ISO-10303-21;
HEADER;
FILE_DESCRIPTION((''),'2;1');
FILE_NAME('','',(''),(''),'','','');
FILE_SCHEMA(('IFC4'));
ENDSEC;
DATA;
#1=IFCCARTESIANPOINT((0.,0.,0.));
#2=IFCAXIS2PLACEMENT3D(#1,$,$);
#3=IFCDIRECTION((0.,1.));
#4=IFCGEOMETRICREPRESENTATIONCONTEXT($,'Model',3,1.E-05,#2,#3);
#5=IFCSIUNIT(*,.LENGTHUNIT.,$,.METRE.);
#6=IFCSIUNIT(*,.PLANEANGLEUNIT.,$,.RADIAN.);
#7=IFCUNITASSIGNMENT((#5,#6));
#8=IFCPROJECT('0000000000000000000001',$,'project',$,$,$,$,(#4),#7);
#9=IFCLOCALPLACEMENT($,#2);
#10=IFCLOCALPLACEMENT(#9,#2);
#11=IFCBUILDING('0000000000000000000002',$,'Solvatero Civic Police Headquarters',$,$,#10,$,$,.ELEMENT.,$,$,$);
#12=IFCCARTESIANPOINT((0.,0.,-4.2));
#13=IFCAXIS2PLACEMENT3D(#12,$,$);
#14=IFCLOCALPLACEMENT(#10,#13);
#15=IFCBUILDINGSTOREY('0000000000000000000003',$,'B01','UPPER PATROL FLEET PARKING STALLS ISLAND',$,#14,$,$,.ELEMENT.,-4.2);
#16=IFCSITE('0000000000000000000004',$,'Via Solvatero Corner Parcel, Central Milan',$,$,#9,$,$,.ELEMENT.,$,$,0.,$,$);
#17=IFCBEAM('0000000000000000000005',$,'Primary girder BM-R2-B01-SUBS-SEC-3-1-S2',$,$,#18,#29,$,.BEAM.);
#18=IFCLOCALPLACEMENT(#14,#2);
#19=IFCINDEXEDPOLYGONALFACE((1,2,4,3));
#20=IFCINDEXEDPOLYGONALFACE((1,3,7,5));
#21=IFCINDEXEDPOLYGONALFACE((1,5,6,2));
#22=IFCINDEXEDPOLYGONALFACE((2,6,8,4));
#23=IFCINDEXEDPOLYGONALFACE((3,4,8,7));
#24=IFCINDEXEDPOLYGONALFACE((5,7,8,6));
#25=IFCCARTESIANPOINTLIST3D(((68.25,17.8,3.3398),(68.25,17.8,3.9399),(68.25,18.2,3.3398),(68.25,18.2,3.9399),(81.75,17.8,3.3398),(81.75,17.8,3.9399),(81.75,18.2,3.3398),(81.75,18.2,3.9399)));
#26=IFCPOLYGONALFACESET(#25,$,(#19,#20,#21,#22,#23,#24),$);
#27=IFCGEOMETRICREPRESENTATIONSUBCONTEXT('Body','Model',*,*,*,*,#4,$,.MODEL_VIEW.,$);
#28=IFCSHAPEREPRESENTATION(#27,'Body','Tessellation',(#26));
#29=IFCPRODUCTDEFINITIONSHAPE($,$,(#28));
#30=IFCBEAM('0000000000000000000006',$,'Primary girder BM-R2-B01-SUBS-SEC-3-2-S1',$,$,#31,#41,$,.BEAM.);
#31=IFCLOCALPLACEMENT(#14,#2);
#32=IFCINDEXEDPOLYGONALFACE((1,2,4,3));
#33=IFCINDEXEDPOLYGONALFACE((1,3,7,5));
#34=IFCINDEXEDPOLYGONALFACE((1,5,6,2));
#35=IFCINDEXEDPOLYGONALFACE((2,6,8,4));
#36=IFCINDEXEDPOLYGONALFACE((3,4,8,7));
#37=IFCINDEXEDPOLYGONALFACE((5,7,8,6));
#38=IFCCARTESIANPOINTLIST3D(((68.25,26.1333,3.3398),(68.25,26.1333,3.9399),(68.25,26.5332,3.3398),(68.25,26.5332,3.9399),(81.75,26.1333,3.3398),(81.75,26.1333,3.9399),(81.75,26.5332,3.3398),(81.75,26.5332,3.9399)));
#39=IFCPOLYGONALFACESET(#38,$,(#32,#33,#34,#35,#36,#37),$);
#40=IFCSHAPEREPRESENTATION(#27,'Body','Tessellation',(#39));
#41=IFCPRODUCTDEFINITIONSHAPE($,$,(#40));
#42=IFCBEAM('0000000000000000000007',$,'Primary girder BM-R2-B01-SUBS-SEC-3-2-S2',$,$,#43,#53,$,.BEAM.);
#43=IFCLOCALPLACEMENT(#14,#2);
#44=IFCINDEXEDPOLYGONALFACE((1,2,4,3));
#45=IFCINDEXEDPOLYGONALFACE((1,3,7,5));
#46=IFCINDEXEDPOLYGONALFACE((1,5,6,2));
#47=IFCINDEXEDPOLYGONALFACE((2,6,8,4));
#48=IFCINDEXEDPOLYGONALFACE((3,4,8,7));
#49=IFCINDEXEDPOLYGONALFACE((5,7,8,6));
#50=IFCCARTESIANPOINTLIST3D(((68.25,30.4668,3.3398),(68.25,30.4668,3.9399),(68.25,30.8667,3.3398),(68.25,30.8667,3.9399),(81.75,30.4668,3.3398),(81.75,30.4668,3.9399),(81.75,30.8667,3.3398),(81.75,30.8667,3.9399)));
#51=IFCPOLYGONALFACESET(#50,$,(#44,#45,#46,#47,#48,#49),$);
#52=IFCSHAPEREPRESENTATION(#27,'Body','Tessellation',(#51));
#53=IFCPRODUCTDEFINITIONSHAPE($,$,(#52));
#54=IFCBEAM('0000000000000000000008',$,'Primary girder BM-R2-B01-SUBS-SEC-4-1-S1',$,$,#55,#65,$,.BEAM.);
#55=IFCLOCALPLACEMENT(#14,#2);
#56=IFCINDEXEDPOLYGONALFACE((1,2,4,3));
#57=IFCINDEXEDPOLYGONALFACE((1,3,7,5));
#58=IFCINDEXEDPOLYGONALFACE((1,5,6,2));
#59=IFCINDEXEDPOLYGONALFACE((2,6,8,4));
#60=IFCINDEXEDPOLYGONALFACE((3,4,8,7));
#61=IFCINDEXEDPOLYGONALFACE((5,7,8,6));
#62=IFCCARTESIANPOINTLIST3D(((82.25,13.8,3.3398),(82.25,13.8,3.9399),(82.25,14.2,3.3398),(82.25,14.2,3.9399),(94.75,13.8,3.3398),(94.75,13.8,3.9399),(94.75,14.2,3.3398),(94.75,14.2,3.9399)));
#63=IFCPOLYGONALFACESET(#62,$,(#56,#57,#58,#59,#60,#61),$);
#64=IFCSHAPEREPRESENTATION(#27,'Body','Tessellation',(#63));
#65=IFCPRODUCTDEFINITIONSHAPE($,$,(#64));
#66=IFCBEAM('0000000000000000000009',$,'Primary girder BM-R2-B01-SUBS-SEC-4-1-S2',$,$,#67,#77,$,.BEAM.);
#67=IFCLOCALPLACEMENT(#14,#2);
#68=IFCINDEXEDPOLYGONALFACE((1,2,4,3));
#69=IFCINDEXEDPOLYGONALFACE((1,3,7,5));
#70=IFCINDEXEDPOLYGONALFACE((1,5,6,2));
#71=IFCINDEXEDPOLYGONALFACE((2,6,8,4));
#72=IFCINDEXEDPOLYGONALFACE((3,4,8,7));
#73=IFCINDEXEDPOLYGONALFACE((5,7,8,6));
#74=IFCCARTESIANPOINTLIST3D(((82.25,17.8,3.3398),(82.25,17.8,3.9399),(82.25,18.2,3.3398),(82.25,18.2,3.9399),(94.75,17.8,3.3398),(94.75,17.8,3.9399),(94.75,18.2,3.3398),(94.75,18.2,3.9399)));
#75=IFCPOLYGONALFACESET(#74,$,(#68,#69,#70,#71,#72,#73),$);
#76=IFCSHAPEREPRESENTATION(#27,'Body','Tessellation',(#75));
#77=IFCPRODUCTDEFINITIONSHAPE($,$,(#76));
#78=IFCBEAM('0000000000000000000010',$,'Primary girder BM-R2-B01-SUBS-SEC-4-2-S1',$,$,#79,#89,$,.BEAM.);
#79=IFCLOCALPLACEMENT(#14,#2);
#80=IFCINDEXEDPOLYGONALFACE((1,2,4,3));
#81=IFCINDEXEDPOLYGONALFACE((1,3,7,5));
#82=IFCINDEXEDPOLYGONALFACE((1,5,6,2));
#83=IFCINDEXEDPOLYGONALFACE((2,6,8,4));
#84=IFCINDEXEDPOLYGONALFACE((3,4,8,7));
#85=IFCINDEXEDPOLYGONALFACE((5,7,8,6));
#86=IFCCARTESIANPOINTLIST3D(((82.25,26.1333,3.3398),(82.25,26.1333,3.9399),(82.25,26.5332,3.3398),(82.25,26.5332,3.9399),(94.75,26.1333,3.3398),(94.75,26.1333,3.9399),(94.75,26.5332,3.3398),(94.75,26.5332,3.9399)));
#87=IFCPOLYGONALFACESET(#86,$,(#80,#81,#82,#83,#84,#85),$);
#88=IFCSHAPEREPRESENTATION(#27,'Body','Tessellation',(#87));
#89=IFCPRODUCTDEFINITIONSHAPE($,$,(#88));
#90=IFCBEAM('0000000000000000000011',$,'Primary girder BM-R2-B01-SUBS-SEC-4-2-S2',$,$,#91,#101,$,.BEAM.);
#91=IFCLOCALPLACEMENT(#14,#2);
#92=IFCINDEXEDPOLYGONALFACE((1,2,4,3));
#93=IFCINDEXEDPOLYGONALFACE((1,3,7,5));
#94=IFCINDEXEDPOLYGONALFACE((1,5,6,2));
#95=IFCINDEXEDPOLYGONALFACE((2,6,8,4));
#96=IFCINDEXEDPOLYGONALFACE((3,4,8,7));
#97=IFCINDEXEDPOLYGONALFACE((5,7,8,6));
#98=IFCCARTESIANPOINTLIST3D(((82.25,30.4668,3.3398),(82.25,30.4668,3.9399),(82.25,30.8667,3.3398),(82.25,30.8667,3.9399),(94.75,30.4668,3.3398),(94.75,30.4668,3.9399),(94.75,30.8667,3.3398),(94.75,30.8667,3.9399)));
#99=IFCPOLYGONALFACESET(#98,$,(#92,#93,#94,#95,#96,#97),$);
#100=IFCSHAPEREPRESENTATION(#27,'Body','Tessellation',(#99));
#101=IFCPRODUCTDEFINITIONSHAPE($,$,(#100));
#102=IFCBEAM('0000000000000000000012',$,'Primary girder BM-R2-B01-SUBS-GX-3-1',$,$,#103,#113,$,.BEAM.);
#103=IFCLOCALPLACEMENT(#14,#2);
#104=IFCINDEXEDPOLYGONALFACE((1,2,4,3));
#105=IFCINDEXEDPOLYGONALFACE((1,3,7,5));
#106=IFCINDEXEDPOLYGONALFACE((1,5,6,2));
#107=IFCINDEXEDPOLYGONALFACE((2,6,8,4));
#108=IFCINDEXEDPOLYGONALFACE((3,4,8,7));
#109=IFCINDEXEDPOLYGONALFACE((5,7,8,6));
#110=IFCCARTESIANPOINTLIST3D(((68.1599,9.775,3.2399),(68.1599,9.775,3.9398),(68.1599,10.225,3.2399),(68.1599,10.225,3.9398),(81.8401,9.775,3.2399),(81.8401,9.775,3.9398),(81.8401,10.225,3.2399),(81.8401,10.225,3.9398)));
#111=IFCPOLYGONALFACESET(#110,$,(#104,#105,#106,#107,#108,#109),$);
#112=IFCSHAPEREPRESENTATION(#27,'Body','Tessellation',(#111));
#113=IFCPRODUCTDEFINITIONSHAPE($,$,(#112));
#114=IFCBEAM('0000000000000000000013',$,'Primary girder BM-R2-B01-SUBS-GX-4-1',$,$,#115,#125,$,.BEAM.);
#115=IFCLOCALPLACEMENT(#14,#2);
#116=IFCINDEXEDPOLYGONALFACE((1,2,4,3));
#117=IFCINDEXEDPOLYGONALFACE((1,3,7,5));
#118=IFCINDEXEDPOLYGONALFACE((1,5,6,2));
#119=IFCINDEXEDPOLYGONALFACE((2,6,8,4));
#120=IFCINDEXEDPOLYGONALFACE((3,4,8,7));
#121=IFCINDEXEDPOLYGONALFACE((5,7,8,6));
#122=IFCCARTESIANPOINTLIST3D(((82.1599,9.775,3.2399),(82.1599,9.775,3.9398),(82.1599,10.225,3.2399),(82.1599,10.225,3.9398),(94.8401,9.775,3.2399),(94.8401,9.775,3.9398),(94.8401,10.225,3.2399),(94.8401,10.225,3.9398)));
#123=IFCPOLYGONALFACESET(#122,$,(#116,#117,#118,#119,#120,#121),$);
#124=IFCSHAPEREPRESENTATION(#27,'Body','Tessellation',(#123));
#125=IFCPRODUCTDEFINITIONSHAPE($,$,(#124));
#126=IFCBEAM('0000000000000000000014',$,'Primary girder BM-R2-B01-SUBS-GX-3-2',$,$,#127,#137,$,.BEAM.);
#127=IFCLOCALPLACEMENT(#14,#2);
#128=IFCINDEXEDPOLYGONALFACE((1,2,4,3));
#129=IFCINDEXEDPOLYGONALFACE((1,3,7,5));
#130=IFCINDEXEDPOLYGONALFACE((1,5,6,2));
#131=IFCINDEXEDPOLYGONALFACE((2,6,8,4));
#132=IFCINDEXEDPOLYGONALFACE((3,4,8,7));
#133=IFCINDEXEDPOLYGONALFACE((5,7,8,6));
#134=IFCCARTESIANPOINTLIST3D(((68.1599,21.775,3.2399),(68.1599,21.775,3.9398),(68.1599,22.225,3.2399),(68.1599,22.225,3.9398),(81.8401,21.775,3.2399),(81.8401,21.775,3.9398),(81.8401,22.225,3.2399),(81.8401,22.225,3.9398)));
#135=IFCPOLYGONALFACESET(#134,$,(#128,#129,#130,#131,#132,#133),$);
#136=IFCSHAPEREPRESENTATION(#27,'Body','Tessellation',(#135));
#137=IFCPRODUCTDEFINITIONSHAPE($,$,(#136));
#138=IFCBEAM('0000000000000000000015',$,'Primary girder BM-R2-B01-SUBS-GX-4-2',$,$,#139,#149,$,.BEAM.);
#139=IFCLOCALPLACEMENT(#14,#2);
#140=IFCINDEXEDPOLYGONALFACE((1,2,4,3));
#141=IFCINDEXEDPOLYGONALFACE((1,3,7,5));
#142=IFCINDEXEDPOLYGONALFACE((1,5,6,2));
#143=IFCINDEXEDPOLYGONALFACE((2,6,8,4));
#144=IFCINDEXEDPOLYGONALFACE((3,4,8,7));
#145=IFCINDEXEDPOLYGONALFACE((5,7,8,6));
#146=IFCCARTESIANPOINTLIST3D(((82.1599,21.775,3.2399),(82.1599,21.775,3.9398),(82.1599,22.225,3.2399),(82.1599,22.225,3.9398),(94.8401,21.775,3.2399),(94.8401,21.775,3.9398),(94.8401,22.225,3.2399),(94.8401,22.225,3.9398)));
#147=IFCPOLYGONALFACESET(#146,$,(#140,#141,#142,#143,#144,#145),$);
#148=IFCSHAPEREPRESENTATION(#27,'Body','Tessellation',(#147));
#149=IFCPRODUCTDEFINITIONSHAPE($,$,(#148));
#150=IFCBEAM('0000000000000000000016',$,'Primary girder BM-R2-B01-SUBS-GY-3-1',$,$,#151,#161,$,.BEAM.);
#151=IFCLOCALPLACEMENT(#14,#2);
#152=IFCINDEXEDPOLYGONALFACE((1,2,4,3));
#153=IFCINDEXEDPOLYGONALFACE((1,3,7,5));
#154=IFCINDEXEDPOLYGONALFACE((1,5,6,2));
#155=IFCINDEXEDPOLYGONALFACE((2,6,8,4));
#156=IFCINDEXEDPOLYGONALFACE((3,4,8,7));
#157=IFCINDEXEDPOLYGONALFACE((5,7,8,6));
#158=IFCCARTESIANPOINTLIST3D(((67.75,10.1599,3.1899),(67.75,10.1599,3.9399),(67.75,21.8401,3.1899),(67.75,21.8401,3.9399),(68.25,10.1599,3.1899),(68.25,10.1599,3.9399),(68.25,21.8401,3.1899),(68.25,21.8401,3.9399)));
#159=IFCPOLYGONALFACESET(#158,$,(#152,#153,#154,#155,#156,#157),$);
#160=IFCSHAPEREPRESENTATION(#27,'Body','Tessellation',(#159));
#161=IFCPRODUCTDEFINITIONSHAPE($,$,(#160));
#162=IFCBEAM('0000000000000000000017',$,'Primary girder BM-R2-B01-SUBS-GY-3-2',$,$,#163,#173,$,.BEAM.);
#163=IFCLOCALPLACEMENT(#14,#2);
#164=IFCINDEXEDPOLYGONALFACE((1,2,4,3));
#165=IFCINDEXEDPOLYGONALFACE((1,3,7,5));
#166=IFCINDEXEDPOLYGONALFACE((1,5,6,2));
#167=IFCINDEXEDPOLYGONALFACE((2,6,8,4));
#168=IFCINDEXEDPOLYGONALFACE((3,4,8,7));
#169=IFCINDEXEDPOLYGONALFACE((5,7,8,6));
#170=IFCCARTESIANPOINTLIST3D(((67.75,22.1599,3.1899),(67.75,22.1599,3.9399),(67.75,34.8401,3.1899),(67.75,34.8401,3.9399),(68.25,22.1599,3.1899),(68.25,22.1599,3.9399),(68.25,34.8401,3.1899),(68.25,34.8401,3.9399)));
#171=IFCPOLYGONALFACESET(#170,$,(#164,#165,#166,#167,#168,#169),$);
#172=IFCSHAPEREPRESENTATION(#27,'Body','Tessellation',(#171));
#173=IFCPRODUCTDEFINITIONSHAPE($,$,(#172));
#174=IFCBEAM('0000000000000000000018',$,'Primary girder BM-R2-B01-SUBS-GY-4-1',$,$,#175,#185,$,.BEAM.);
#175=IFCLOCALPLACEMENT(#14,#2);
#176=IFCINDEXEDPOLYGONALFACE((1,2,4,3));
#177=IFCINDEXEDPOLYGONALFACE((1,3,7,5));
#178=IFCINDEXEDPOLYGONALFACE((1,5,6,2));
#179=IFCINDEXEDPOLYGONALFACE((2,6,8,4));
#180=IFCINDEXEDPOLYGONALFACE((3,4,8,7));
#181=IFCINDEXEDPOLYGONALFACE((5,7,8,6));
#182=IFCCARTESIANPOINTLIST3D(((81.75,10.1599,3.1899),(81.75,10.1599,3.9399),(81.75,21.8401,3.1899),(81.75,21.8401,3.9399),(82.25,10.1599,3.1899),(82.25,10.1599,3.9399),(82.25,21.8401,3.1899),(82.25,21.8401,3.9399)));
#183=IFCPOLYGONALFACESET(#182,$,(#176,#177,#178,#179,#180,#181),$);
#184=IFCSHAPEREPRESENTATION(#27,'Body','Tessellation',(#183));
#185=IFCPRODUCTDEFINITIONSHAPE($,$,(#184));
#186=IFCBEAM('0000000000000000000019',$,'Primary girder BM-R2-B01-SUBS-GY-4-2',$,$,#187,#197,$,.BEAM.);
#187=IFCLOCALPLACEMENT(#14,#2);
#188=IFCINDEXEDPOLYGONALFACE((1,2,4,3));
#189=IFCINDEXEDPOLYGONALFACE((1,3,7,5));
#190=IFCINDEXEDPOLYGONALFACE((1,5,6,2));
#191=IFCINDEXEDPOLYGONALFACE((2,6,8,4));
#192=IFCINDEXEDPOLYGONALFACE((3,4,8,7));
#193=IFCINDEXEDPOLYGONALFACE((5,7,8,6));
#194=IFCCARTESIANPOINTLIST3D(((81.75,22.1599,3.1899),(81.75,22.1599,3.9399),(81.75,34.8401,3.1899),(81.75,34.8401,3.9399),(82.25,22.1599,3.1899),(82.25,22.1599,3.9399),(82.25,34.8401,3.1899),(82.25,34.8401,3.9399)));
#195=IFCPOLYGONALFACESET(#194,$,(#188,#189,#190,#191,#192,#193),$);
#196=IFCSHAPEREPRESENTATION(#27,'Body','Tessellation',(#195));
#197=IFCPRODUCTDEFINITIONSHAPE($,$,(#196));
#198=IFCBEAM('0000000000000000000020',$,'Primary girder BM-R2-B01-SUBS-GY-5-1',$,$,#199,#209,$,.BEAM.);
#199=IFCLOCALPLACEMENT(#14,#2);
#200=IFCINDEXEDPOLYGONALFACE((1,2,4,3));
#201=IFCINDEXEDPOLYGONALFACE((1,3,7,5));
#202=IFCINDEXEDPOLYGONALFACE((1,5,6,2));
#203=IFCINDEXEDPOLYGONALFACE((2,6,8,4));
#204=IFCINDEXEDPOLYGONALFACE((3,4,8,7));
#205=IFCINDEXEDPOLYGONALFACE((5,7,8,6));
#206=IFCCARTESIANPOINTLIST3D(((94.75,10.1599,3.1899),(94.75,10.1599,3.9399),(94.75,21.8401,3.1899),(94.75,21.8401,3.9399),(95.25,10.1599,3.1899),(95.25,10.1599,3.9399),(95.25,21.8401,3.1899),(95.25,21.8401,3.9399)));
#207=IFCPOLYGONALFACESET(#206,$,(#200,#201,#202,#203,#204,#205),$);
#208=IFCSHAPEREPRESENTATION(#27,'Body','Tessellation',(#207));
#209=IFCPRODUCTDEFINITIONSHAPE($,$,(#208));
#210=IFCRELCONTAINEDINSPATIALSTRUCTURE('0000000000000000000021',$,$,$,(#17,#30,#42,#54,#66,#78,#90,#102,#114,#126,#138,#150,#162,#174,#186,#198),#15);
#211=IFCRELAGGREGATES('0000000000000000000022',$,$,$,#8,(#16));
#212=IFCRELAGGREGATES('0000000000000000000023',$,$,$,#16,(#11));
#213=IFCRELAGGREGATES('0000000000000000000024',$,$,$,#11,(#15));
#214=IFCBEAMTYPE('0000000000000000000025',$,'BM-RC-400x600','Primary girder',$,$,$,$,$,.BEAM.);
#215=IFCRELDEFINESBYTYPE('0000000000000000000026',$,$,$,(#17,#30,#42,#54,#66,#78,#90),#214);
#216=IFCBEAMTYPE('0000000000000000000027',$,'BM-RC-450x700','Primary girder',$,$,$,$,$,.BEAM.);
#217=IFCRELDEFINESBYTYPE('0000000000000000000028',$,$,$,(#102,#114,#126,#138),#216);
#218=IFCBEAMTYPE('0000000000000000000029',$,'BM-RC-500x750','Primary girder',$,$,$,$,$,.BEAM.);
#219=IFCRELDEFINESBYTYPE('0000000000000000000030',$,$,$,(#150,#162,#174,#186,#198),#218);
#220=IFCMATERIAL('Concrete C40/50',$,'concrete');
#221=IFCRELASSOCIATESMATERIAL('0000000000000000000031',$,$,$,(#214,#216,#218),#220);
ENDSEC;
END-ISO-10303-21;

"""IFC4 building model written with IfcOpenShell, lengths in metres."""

from ifc_helpers import new_model, si_unit, direction, frame, origin, origin_2d, place, context, subcontext, project, spatial, rectangle, extrude, material, material_profile, profile_set, type_object, element, save


model = new_model("IFC4")

# Units and contexts
model_context = context("Model", 3, precision=1e-05, world=origin(), true_north=direction((0.0, 1.0)))
body_context = subcontext(model_context, "Body", "Model", "MODEL_VIEW")
ifc_project = project(units=[si_unit("LENGTHUNIT", "METRE"), si_unit("PLANEANGLEUNIT", "RADIAN")], contexts=[model_context])

# Site, building, storey
site_placement = place(None, origin())
site = spatial("IfcSite", under=ifc_project, at=site_placement, Name="Via Solvatero Corner Parcel, Central Milan", CompositionType="ELEMENT", RefElevation=0.0)
building_placement = place(site_placement, origin())
building = spatial("IfcBuilding", under=site, at=building_placement, Name="Solvatero Civic Police Headquarters", CompositionType="ELEMENT")
storey_placement = place(building_placement, frame((0.0, 0.0, -4.2)))
storey = spatial("IfcBuildingStorey", under=building, at=storey_placement, Name="B01", Description="UPPER PATROL FLEET PARKING STALLS ISLAND", CompositionType="ELEMENT", Elevation=-4.2)

# Shared definitions
ifc_material_1 = material(Name="Concrete C40/50", Category="concrete")

# Beams
ifc_material_profile_1 = material_profile(ifc_material_1, rectangle(XDim=0.3999, YDim=0.6001, at=origin_2d()), Name="RC 400x600")
ifc_profile_set_1 = profile_set([ifc_material_profile_1], Name="Concrete C40/50")
beam_type_1 = type_object("IfcBeamType", Name="BM-RC-400x600", Description="Primary girder", PredefinedType="BEAM", material=ifc_profile_set_1)
for number, where, z_axis, x_axis, name in (
    (1, (68.25, 18.0, 3.6399), (1.0, 0.0, 0.0), (0.0, 1.0, 0.0), "Primary girder BM-R2-B01-SUBS-SEC-3-1-S2"),
    (2, (68.25, 26.3333, 3.6399), (1.0, 0.0, 0.0), (0.0, 1.0, 0.0), "Primary girder BM-R2-B01-SUBS-SEC-3-2-S1"),
    (3, (68.25, 30.6667, 3.6399), (1.0, 0.0, 0.0), (0.0, 1.0, 0.0), "Primary girder BM-R2-B01-SUBS-SEC-3-2-S2"),
):
    element("IfcBeam", number, at=place(storey_placement, frame(where, z_axis=z_axis, x_axis=x_axis)), inside=storey, type_object=beam_type_1, Name=name, PredefinedType="BEAM", context=body_context, shape_type="SweptSolid", body=[
        extrude(rectangle(XDim=0.3999, YDim=0.6001, at=origin_2d()), origin(), (0.0, 0.0, 1.0), 13.5),
    ])
for number, where, z_axis, x_axis, name in (
    (4, (82.25, 14.0, 3.6399), (1.0, 0.0, 0.0), (0.0, 1.0, 0.0), "Primary girder BM-R2-B01-SUBS-SEC-4-1-S1"),
    (5, (82.25, 18.0, 3.6399), (1.0, 0.0, 0.0), (0.0, 1.0, 0.0), "Primary girder BM-R2-B01-SUBS-SEC-4-1-S2"),
    (6, (82.25, 26.3333, 3.6399), (1.0, 0.0, 0.0), (0.0, 1.0, 0.0), "Primary girder BM-R2-B01-SUBS-SEC-4-2-S1"),
    (7, (82.25, 30.6667, 3.6399), (1.0, 0.0, 0.0), (0.0, 1.0, 0.0), "Primary girder BM-R2-B01-SUBS-SEC-4-2-S2"),
):
    element("IfcBeam", number, at=place(storey_placement, frame(where, z_axis=z_axis, x_axis=x_axis)), inside=storey, type_object=beam_type_1, Name=name, PredefinedType="BEAM", context=body_context, shape_type="SweptSolid", body=[
        extrude(rectangle(XDim=0.3999, YDim=0.6001, at=origin_2d()), origin(), (0.0, 0.0, 1.0), 12.5),
    ])
ifc_material_profile_2 = material_profile(ifc_material_1, rectangle(XDim=0.45, YDim=0.7, at=origin_2d()), Name="RC 450x700")
ifc_profile_set_2 = profile_set([ifc_material_profile_2], Name="Concrete C40/50")
beam_type_2 = type_object("IfcBeamType", Name="BM-RC-450x700", Description="Primary girder", PredefinedType="BEAM", material=ifc_profile_set_2)
beam_1_placement = place(storey_placement, frame((68.1599, 10.0, 3.5898), z_axis=(1.0, 0.0, 0.0), x_axis=(0.0, 1.0, 0.0)))
element("IfcBeam", 8, at=beam_1_placement, inside=storey, type_object=beam_type_2, Name="Primary girder BM-R2-B01-SUBS-GX-3-1", PredefinedType="BEAM", context=body_context, shape_type="SweptSolid", body=[
    extrude(rectangle(XDim=0.45, YDim=0.7, at=origin_2d()), origin(), (0.0, 0.0, 1.0), 13.6802),
])
beam_2_placement = place(storey_placement, frame((82.1599, 10.0, 3.5898), z_axis=(1.0, 0.0, 0.0), x_axis=(0.0, 1.0, 0.0)))
element("IfcBeam", 9, at=beam_2_placement, inside=storey, type_object=beam_type_2, Name="Primary girder BM-R2-B01-SUBS-GX-4-1", PredefinedType="BEAM", context=body_context, shape_type="SweptSolid", body=[
    extrude(rectangle(XDim=0.45, YDim=0.7, at=origin_2d()), origin(), (0.0, 0.0, 1.0), 12.6802),
])
beam_3_placement = place(storey_placement, frame((68.1599, 22.0, 3.5898), z_axis=(1.0, 0.0, 0.0), x_axis=(0.0, 1.0, 0.0)))
element("IfcBeam", 10, at=beam_3_placement, inside=storey, type_object=beam_type_2, Name="Primary girder BM-R2-B01-SUBS-GX-3-2", PredefinedType="BEAM", context=body_context, shape_type="SweptSolid", body=[
    extrude(rectangle(XDim=0.45, YDim=0.7, at=origin_2d()), origin(), (0.0, 0.0, 1.0), 13.6802),
])
beam_4_placement = place(storey_placement, frame((82.1599, 22.0, 3.5898), z_axis=(1.0, 0.0, 0.0), x_axis=(0.0, 1.0, 0.0)))
element("IfcBeam", 11, at=beam_4_placement, inside=storey, type_object=beam_type_2, Name="Primary girder BM-R2-B01-SUBS-GX-4-2", PredefinedType="BEAM", context=body_context, shape_type="SweptSolid", body=[
    extrude(rectangle(XDim=0.45, YDim=0.7, at=origin_2d()), origin(), (0.0, 0.0, 1.0), 12.6802),
])
ifc_material_profile_3 = material_profile(ifc_material_1, rectangle(XDim=0.5, YDim=0.75, at=origin_2d()), Name="RC 500x750")
ifc_profile_set_3 = profile_set([ifc_material_profile_3], Name="Concrete C40/50")
beam_type_3 = type_object("IfcBeamType", Name="BM-RC-500x750", Description="Primary girder", PredefinedType="BEAM", material=ifc_profile_set_3)
beam_5_placement = place(storey_placement, frame((68.0, 10.1599, 3.5649), z_axis=(0.0, 1.0, 0.0), x_axis=(-1.0, 0.0, 0.0)))
element("IfcBeam", 12, at=beam_5_placement, inside=storey, type_object=beam_type_3, Name="Primary girder BM-R2-B01-SUBS-GY-3-1", PredefinedType="BEAM", context=body_context, shape_type="SweptSolid", body=[
    extrude(rectangle(XDim=0.5, YDim=0.75, at=origin_2d()), origin(), (0.0, 0.0, 1.0), 11.6802),
])
beam_6_placement = place(storey_placement, frame((68.0, 22.1599, 3.5649), z_axis=(0.0, 1.0, 0.0), x_axis=(-1.0, 0.0, 0.0)))
element("IfcBeam", 13, at=beam_6_placement, inside=storey, type_object=beam_type_3, Name="Primary girder BM-R2-B01-SUBS-GY-3-2", PredefinedType="BEAM", context=body_context, shape_type="SweptSolid", body=[
    extrude(rectangle(XDim=0.5, YDim=0.75, at=origin_2d()), origin(), (0.0, 0.0, 1.0), 12.6802),
])
beam_7_placement = place(storey_placement, frame((82.0, 10.1599, 3.5649), z_axis=(0.0, 1.0, 0.0), x_axis=(-1.0, 0.0, 0.0)))
element("IfcBeam", 14, at=beam_7_placement, inside=storey, type_object=beam_type_3, Name="Primary girder BM-R2-B01-SUBS-GY-4-1", PredefinedType="BEAM", context=body_context, shape_type="SweptSolid", body=[
    extrude(rectangle(XDim=0.5, YDim=0.75, at=origin_2d()), origin(), (0.0, 0.0, 1.0), 11.6802),
])
beam_8_placement = place(storey_placement, frame((82.0, 22.1599, 3.5649), z_axis=(0.0, 1.0, 0.0), x_axis=(-1.0, 0.0, 0.0)))
element("IfcBeam", 15, at=beam_8_placement, inside=storey, type_object=beam_type_3, Name="Primary girder BM-R2-B01-SUBS-GY-4-2", PredefinedType="BEAM", context=body_context, shape_type="SweptSolid", body=[
    extrude(rectangle(XDim=0.5, YDim=0.75, at=origin_2d()), origin(), (0.0, 0.0, 1.0), 12.6802),
])
beam_9_placement = place(storey_placement, frame((95.0, 10.1599, 3.5649), z_axis=(0.0, 1.0, 0.0), x_axis=(-1.0, 0.0, 0.0)))
element("IfcBeam", 16, at=beam_9_placement, inside=storey, type_object=beam_type_3, Name="Primary girder BM-R2-B01-SUBS-GY-5-1", PredefinedType="BEAM", context=body_context, shape_type="SweptSolid", body=[
    extrude(rectangle(XDim=0.5, YDim=0.75, at=origin_2d()), origin(), (0.0, 0.0, 1.0), 11.6802),
])

save(model, "model.ifc")
